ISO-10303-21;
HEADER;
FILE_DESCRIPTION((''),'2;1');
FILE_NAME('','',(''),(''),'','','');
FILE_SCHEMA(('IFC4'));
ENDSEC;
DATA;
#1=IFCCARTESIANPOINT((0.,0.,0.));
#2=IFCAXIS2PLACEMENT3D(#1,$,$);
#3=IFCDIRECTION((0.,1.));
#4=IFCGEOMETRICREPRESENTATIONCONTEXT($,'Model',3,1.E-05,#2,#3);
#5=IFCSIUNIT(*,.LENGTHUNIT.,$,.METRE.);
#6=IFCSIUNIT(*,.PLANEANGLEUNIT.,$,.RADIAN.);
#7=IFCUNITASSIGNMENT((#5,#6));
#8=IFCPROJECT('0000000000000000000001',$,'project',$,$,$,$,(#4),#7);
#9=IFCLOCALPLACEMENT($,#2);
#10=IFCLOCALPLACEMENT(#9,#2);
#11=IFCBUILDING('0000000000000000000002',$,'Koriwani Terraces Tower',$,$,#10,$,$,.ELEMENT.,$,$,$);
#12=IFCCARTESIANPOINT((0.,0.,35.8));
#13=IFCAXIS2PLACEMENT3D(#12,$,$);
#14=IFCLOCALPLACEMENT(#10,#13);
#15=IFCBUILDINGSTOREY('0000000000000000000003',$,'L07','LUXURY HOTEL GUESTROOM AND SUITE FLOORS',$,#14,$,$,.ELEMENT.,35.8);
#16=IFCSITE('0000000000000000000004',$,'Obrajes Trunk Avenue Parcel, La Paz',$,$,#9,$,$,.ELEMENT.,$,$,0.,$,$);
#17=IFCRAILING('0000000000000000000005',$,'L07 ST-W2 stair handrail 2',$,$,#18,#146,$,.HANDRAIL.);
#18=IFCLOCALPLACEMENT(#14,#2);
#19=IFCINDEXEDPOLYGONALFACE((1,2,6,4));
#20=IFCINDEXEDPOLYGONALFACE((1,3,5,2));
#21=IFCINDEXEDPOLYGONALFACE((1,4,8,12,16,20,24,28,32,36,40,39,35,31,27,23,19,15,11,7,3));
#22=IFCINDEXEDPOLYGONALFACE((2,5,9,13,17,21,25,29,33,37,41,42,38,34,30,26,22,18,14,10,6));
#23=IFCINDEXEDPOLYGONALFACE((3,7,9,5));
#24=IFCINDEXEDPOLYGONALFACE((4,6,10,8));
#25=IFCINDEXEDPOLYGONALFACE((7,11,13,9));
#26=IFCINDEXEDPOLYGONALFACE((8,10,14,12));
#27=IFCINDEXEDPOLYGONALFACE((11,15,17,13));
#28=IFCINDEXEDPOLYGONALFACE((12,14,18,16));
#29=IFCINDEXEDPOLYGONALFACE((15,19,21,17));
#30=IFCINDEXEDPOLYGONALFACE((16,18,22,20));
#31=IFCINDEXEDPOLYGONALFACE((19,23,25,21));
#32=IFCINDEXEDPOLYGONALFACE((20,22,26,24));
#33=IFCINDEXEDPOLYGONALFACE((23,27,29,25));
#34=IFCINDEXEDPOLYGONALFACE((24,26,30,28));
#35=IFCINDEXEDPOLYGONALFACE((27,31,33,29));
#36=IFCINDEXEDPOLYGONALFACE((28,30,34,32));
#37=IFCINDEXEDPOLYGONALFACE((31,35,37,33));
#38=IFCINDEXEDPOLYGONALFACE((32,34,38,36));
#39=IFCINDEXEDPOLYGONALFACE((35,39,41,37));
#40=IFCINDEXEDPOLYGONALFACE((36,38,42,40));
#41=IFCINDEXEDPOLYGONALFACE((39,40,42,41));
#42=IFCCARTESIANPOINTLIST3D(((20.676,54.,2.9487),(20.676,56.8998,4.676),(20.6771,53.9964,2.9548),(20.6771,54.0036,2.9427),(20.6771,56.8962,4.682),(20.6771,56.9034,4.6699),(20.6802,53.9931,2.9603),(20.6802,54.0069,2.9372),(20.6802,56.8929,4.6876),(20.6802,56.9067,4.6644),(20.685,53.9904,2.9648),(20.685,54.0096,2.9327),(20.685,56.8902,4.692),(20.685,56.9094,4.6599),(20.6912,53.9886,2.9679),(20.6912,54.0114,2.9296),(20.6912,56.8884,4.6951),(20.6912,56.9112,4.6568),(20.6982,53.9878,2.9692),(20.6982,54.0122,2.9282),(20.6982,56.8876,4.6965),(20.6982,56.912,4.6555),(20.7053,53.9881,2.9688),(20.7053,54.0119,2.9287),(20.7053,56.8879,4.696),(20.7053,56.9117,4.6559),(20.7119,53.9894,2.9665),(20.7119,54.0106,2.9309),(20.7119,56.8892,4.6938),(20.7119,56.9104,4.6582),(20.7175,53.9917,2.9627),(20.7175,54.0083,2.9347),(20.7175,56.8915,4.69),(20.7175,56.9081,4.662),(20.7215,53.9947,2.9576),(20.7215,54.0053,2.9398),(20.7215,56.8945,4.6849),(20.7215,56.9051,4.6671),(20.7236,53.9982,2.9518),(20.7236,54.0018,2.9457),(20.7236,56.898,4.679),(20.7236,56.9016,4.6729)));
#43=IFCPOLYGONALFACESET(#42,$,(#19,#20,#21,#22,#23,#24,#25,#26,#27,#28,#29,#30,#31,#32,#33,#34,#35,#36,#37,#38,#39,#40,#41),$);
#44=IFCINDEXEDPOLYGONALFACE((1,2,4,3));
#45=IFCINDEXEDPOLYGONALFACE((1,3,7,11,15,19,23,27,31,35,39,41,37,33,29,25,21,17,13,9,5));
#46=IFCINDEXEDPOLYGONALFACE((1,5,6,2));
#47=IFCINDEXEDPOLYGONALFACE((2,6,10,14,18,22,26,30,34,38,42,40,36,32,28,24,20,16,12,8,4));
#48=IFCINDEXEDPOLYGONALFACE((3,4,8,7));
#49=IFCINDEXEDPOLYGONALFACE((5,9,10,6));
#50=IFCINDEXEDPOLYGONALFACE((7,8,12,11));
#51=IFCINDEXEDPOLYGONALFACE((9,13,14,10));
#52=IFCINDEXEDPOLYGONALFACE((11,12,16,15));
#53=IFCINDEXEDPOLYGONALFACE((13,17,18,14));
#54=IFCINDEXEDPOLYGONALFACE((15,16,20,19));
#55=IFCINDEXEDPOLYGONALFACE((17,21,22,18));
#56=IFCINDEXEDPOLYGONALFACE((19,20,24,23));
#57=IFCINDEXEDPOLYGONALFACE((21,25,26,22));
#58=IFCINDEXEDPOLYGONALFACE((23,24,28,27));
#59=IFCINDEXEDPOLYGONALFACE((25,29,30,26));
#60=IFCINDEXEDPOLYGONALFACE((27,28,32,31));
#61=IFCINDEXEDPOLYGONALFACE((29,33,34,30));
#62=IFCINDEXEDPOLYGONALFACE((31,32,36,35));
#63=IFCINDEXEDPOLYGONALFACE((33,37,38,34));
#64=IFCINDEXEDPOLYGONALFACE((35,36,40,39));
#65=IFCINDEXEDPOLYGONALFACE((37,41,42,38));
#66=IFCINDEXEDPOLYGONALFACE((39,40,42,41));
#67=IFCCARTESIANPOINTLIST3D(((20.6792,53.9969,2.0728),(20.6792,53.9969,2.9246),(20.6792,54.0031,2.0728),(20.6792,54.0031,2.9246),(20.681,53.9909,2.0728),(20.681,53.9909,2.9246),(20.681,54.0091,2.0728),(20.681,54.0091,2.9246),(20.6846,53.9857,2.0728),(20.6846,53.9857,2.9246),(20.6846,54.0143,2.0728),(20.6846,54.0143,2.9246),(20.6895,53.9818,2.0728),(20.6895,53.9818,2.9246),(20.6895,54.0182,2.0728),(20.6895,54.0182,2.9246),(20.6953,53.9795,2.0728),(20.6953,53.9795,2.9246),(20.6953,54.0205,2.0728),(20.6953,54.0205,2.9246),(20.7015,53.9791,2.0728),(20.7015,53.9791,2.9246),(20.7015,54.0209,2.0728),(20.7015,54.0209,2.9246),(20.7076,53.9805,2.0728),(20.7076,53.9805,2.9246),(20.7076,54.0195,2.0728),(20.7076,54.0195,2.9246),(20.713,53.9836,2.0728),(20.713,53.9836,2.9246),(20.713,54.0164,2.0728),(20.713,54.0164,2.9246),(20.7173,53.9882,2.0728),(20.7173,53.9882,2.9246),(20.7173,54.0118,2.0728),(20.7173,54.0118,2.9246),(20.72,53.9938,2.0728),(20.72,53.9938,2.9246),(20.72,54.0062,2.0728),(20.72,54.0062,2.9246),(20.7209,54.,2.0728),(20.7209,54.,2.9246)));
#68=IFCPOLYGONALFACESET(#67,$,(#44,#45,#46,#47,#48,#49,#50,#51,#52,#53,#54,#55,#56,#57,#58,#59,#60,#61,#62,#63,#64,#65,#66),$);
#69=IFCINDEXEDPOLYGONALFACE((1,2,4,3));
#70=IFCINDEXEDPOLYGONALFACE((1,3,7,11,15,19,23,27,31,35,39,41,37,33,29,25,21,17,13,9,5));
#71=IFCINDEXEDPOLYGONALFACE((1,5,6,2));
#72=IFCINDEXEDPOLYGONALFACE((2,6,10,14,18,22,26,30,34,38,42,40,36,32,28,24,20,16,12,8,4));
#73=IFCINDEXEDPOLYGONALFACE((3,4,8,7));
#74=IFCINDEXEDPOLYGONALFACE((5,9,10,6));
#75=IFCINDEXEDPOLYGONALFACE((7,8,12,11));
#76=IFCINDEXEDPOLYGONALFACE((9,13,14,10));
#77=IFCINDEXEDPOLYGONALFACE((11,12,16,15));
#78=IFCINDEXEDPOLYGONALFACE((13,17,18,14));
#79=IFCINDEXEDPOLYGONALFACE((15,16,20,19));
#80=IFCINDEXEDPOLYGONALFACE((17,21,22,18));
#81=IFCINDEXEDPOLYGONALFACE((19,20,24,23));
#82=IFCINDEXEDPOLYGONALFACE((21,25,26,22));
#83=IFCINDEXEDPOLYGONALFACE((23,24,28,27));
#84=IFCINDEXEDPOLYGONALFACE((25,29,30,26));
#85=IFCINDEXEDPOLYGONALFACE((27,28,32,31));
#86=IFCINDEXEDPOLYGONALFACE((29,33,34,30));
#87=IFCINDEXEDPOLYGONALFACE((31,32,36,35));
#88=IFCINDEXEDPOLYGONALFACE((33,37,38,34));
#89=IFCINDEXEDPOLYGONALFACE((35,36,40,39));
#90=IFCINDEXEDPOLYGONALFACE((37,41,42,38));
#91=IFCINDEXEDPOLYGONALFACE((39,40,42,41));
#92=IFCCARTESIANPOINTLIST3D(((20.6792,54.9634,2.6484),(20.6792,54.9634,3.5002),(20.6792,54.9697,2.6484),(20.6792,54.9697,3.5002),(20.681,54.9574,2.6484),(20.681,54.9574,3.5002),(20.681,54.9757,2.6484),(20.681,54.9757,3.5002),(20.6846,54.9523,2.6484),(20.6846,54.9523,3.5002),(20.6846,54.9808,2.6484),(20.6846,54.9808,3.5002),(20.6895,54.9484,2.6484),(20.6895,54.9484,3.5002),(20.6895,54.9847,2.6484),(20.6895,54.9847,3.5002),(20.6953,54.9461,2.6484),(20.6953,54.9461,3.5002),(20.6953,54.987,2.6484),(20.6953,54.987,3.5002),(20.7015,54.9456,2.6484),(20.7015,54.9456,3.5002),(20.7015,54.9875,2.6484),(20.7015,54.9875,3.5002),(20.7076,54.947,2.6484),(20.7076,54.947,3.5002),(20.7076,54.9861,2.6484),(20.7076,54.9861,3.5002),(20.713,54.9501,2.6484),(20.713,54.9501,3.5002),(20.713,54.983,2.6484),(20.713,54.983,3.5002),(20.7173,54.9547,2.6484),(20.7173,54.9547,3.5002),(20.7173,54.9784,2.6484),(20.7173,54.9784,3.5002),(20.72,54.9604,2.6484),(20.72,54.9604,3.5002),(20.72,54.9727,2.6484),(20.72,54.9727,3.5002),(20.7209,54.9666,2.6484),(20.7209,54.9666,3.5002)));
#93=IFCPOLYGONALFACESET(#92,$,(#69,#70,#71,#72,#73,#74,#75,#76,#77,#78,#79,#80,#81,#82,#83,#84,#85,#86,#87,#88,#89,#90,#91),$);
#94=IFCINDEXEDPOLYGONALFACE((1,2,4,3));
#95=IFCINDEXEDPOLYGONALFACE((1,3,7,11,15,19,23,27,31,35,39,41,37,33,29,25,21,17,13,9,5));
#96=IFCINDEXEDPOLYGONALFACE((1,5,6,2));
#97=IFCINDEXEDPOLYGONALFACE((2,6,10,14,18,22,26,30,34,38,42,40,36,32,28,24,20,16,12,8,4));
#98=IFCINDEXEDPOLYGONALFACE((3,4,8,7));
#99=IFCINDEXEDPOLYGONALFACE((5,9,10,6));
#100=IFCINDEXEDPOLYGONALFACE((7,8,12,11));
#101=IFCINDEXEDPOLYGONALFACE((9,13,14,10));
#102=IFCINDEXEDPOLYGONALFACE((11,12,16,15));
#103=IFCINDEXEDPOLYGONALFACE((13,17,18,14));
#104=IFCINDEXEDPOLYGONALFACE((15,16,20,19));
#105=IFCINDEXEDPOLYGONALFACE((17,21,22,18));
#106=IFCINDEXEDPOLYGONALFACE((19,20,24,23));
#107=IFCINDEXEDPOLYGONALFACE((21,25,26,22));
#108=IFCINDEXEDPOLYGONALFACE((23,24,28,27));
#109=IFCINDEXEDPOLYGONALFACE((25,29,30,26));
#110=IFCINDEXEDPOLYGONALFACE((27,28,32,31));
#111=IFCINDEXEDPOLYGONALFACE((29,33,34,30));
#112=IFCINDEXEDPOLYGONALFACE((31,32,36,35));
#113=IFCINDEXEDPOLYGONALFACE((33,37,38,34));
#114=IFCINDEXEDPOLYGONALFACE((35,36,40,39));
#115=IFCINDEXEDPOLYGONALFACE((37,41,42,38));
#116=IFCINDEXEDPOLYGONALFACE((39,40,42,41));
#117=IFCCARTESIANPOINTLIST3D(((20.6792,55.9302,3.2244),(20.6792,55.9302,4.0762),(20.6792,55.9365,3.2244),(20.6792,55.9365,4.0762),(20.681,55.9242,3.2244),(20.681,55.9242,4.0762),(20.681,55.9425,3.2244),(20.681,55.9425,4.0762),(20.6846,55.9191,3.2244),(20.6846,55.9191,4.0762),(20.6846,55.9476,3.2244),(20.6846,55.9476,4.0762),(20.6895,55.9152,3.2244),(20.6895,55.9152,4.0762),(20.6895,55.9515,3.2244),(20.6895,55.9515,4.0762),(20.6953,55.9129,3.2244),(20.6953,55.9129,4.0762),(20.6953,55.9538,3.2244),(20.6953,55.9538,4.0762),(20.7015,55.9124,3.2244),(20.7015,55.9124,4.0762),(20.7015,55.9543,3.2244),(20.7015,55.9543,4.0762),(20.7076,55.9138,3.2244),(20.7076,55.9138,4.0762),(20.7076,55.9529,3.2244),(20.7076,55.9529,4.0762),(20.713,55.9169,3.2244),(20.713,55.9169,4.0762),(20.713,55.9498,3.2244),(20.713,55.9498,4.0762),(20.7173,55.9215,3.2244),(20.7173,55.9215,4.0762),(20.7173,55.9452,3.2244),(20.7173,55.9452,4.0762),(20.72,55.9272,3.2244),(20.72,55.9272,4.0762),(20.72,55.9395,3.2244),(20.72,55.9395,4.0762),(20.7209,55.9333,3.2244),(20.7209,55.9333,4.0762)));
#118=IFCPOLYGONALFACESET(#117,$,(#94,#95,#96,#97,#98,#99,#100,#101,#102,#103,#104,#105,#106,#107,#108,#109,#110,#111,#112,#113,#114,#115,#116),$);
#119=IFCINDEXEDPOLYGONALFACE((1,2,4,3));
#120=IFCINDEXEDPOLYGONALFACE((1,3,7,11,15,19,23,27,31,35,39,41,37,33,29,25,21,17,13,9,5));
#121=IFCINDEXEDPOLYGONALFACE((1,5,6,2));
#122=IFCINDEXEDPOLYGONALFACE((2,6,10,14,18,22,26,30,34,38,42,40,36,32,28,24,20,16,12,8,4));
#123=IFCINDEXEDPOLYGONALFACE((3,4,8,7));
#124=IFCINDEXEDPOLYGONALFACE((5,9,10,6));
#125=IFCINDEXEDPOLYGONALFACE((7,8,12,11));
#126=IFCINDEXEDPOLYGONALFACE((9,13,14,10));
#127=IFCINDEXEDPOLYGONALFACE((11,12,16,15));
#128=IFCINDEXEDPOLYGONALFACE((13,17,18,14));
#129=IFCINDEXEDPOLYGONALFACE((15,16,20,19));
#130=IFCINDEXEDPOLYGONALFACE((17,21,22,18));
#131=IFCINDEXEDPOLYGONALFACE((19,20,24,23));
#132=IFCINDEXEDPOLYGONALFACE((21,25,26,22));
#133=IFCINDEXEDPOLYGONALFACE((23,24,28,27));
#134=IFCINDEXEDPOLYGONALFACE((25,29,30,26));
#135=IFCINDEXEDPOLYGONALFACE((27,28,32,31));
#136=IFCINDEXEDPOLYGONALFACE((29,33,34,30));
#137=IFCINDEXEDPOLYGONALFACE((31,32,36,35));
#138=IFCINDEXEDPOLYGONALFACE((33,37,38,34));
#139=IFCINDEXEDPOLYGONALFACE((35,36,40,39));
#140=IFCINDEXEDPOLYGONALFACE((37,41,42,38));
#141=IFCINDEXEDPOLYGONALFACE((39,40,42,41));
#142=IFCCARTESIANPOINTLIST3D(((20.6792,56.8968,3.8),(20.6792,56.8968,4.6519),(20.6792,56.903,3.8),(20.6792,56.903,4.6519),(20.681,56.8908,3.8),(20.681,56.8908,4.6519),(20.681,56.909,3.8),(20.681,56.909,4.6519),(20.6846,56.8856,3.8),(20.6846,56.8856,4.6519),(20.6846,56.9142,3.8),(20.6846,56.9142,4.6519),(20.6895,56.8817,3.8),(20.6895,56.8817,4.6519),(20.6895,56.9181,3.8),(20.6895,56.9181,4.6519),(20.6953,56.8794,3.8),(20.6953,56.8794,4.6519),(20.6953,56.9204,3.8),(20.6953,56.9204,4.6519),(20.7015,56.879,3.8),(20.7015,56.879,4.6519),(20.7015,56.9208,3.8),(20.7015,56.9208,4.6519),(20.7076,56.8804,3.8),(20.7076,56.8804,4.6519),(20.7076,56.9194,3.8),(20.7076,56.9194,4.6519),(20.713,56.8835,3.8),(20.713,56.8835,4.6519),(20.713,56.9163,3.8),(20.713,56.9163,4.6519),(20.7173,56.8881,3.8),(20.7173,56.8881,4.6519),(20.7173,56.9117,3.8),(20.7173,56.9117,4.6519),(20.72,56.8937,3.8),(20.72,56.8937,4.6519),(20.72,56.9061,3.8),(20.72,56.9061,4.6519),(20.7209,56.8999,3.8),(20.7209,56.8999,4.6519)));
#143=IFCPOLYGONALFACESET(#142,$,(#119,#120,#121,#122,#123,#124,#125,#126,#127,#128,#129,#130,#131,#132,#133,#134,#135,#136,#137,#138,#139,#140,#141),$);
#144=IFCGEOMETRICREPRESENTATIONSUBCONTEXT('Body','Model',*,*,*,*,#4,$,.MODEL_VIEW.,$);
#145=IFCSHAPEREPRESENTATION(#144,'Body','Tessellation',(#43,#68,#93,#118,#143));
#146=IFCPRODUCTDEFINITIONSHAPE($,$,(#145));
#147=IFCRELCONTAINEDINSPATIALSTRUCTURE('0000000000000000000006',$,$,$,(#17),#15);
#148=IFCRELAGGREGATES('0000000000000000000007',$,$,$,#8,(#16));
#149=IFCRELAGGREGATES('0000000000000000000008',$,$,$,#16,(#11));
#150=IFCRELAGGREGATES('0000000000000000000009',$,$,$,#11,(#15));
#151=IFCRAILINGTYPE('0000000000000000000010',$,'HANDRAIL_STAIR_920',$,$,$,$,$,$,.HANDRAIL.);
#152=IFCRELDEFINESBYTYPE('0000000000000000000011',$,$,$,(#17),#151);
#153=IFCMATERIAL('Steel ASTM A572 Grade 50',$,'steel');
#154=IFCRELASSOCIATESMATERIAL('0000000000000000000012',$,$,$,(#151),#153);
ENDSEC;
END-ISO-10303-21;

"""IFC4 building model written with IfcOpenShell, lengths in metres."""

from ifc_helpers import new_model, si_unit, direction, frame, origin, origin_2d, place, context, subcontext, project, spatial, circle, extrude, material, type_object, element, save


model = new_model("IFC4")

# Units and contexts
model_context = context("Model", 3, precision=1e-05, world=origin(), true_north=direction((0.0, 1.0)))
body_context = subcontext(model_context, "Body", "Model", "MODEL_VIEW")
ifc_project = project(units=[si_unit("LENGTHUNIT", "METRE"), si_unit("PLANEANGLEUNIT", "RADIAN")], contexts=[model_context])

# Site, building, storey
site_placement = place(None, origin())
site = spatial("IfcSite", under=ifc_project, at=site_placement, Name="Obrajes Trunk Avenue Parcel, La Paz", CompositionType="ELEMENT", RefElevation=0.0)
building_placement = place(site_placement, origin())
building = spatial("IfcBuilding", under=site, at=building_placement, Name="Koriwani Terraces Tower", CompositionType="ELEMENT")
storey_placement = place(building_placement, frame((0.0, 0.0, 35.8)))
storey = spatial("IfcBuildingStorey", under=building, at=storey_placement, Name="L07", Description="LUXURY HOTEL GUESTROOM AND SUITE FLOORS", CompositionType="ELEMENT", Elevation=35.8)

# Shared definitions
ifc_material_1 = material(Name="Steel ASTM A572 Grade 50", Category="steel")

# Railing
railing_type_1 = type_object("IfcRailingType", Name="HANDRAIL_STAIR_920", PredefinedType="HANDRAIL", material=ifc_material_1)
railing_1_placement = place(storey_placement, frame((20.7, 54.0, 2.0728)))
element("IfcRailing", 1, at=railing_1_placement, inside=storey, type_object=railing_type_1, Name="L07 ST-W2 stair handrail 2", PredefinedType="HANDRAIL", context=body_context, shape_type="SweptSolid", body=[
    extrude(circle(Radius=0.0239, at=origin_2d()), frame((0.0, 0.0, 0.876), z_axis=(0.0, 0.859141, 0.511738), x_axis=(-1.0, 0.0, 0.0)), (0.0, 0.0, 1.0), 3.3752),
    extrude(circle(Radius=0.021, at=origin_2d()), origin(), (0.0, 0.0, 1.0), 0.8518),
    extrude(circle(Radius=0.021, at=origin_2d()), frame((0.0, 0.9666, 0.5757)), (0.0, 0.0, 1.0), 0.8518),
    extrude(circle(Radius=0.021, at=origin_2d()), frame((0.0, 1.9333, 1.1516)), (0.0, 0.0, 1.0), 0.8518),
    extrude(circle(Radius=0.021, at=origin_2d()), frame((0.0, 2.8999, 1.7273)), (0.0, 0.0, 1.0), 0.8518),
])

save(model, "model.ifc")
